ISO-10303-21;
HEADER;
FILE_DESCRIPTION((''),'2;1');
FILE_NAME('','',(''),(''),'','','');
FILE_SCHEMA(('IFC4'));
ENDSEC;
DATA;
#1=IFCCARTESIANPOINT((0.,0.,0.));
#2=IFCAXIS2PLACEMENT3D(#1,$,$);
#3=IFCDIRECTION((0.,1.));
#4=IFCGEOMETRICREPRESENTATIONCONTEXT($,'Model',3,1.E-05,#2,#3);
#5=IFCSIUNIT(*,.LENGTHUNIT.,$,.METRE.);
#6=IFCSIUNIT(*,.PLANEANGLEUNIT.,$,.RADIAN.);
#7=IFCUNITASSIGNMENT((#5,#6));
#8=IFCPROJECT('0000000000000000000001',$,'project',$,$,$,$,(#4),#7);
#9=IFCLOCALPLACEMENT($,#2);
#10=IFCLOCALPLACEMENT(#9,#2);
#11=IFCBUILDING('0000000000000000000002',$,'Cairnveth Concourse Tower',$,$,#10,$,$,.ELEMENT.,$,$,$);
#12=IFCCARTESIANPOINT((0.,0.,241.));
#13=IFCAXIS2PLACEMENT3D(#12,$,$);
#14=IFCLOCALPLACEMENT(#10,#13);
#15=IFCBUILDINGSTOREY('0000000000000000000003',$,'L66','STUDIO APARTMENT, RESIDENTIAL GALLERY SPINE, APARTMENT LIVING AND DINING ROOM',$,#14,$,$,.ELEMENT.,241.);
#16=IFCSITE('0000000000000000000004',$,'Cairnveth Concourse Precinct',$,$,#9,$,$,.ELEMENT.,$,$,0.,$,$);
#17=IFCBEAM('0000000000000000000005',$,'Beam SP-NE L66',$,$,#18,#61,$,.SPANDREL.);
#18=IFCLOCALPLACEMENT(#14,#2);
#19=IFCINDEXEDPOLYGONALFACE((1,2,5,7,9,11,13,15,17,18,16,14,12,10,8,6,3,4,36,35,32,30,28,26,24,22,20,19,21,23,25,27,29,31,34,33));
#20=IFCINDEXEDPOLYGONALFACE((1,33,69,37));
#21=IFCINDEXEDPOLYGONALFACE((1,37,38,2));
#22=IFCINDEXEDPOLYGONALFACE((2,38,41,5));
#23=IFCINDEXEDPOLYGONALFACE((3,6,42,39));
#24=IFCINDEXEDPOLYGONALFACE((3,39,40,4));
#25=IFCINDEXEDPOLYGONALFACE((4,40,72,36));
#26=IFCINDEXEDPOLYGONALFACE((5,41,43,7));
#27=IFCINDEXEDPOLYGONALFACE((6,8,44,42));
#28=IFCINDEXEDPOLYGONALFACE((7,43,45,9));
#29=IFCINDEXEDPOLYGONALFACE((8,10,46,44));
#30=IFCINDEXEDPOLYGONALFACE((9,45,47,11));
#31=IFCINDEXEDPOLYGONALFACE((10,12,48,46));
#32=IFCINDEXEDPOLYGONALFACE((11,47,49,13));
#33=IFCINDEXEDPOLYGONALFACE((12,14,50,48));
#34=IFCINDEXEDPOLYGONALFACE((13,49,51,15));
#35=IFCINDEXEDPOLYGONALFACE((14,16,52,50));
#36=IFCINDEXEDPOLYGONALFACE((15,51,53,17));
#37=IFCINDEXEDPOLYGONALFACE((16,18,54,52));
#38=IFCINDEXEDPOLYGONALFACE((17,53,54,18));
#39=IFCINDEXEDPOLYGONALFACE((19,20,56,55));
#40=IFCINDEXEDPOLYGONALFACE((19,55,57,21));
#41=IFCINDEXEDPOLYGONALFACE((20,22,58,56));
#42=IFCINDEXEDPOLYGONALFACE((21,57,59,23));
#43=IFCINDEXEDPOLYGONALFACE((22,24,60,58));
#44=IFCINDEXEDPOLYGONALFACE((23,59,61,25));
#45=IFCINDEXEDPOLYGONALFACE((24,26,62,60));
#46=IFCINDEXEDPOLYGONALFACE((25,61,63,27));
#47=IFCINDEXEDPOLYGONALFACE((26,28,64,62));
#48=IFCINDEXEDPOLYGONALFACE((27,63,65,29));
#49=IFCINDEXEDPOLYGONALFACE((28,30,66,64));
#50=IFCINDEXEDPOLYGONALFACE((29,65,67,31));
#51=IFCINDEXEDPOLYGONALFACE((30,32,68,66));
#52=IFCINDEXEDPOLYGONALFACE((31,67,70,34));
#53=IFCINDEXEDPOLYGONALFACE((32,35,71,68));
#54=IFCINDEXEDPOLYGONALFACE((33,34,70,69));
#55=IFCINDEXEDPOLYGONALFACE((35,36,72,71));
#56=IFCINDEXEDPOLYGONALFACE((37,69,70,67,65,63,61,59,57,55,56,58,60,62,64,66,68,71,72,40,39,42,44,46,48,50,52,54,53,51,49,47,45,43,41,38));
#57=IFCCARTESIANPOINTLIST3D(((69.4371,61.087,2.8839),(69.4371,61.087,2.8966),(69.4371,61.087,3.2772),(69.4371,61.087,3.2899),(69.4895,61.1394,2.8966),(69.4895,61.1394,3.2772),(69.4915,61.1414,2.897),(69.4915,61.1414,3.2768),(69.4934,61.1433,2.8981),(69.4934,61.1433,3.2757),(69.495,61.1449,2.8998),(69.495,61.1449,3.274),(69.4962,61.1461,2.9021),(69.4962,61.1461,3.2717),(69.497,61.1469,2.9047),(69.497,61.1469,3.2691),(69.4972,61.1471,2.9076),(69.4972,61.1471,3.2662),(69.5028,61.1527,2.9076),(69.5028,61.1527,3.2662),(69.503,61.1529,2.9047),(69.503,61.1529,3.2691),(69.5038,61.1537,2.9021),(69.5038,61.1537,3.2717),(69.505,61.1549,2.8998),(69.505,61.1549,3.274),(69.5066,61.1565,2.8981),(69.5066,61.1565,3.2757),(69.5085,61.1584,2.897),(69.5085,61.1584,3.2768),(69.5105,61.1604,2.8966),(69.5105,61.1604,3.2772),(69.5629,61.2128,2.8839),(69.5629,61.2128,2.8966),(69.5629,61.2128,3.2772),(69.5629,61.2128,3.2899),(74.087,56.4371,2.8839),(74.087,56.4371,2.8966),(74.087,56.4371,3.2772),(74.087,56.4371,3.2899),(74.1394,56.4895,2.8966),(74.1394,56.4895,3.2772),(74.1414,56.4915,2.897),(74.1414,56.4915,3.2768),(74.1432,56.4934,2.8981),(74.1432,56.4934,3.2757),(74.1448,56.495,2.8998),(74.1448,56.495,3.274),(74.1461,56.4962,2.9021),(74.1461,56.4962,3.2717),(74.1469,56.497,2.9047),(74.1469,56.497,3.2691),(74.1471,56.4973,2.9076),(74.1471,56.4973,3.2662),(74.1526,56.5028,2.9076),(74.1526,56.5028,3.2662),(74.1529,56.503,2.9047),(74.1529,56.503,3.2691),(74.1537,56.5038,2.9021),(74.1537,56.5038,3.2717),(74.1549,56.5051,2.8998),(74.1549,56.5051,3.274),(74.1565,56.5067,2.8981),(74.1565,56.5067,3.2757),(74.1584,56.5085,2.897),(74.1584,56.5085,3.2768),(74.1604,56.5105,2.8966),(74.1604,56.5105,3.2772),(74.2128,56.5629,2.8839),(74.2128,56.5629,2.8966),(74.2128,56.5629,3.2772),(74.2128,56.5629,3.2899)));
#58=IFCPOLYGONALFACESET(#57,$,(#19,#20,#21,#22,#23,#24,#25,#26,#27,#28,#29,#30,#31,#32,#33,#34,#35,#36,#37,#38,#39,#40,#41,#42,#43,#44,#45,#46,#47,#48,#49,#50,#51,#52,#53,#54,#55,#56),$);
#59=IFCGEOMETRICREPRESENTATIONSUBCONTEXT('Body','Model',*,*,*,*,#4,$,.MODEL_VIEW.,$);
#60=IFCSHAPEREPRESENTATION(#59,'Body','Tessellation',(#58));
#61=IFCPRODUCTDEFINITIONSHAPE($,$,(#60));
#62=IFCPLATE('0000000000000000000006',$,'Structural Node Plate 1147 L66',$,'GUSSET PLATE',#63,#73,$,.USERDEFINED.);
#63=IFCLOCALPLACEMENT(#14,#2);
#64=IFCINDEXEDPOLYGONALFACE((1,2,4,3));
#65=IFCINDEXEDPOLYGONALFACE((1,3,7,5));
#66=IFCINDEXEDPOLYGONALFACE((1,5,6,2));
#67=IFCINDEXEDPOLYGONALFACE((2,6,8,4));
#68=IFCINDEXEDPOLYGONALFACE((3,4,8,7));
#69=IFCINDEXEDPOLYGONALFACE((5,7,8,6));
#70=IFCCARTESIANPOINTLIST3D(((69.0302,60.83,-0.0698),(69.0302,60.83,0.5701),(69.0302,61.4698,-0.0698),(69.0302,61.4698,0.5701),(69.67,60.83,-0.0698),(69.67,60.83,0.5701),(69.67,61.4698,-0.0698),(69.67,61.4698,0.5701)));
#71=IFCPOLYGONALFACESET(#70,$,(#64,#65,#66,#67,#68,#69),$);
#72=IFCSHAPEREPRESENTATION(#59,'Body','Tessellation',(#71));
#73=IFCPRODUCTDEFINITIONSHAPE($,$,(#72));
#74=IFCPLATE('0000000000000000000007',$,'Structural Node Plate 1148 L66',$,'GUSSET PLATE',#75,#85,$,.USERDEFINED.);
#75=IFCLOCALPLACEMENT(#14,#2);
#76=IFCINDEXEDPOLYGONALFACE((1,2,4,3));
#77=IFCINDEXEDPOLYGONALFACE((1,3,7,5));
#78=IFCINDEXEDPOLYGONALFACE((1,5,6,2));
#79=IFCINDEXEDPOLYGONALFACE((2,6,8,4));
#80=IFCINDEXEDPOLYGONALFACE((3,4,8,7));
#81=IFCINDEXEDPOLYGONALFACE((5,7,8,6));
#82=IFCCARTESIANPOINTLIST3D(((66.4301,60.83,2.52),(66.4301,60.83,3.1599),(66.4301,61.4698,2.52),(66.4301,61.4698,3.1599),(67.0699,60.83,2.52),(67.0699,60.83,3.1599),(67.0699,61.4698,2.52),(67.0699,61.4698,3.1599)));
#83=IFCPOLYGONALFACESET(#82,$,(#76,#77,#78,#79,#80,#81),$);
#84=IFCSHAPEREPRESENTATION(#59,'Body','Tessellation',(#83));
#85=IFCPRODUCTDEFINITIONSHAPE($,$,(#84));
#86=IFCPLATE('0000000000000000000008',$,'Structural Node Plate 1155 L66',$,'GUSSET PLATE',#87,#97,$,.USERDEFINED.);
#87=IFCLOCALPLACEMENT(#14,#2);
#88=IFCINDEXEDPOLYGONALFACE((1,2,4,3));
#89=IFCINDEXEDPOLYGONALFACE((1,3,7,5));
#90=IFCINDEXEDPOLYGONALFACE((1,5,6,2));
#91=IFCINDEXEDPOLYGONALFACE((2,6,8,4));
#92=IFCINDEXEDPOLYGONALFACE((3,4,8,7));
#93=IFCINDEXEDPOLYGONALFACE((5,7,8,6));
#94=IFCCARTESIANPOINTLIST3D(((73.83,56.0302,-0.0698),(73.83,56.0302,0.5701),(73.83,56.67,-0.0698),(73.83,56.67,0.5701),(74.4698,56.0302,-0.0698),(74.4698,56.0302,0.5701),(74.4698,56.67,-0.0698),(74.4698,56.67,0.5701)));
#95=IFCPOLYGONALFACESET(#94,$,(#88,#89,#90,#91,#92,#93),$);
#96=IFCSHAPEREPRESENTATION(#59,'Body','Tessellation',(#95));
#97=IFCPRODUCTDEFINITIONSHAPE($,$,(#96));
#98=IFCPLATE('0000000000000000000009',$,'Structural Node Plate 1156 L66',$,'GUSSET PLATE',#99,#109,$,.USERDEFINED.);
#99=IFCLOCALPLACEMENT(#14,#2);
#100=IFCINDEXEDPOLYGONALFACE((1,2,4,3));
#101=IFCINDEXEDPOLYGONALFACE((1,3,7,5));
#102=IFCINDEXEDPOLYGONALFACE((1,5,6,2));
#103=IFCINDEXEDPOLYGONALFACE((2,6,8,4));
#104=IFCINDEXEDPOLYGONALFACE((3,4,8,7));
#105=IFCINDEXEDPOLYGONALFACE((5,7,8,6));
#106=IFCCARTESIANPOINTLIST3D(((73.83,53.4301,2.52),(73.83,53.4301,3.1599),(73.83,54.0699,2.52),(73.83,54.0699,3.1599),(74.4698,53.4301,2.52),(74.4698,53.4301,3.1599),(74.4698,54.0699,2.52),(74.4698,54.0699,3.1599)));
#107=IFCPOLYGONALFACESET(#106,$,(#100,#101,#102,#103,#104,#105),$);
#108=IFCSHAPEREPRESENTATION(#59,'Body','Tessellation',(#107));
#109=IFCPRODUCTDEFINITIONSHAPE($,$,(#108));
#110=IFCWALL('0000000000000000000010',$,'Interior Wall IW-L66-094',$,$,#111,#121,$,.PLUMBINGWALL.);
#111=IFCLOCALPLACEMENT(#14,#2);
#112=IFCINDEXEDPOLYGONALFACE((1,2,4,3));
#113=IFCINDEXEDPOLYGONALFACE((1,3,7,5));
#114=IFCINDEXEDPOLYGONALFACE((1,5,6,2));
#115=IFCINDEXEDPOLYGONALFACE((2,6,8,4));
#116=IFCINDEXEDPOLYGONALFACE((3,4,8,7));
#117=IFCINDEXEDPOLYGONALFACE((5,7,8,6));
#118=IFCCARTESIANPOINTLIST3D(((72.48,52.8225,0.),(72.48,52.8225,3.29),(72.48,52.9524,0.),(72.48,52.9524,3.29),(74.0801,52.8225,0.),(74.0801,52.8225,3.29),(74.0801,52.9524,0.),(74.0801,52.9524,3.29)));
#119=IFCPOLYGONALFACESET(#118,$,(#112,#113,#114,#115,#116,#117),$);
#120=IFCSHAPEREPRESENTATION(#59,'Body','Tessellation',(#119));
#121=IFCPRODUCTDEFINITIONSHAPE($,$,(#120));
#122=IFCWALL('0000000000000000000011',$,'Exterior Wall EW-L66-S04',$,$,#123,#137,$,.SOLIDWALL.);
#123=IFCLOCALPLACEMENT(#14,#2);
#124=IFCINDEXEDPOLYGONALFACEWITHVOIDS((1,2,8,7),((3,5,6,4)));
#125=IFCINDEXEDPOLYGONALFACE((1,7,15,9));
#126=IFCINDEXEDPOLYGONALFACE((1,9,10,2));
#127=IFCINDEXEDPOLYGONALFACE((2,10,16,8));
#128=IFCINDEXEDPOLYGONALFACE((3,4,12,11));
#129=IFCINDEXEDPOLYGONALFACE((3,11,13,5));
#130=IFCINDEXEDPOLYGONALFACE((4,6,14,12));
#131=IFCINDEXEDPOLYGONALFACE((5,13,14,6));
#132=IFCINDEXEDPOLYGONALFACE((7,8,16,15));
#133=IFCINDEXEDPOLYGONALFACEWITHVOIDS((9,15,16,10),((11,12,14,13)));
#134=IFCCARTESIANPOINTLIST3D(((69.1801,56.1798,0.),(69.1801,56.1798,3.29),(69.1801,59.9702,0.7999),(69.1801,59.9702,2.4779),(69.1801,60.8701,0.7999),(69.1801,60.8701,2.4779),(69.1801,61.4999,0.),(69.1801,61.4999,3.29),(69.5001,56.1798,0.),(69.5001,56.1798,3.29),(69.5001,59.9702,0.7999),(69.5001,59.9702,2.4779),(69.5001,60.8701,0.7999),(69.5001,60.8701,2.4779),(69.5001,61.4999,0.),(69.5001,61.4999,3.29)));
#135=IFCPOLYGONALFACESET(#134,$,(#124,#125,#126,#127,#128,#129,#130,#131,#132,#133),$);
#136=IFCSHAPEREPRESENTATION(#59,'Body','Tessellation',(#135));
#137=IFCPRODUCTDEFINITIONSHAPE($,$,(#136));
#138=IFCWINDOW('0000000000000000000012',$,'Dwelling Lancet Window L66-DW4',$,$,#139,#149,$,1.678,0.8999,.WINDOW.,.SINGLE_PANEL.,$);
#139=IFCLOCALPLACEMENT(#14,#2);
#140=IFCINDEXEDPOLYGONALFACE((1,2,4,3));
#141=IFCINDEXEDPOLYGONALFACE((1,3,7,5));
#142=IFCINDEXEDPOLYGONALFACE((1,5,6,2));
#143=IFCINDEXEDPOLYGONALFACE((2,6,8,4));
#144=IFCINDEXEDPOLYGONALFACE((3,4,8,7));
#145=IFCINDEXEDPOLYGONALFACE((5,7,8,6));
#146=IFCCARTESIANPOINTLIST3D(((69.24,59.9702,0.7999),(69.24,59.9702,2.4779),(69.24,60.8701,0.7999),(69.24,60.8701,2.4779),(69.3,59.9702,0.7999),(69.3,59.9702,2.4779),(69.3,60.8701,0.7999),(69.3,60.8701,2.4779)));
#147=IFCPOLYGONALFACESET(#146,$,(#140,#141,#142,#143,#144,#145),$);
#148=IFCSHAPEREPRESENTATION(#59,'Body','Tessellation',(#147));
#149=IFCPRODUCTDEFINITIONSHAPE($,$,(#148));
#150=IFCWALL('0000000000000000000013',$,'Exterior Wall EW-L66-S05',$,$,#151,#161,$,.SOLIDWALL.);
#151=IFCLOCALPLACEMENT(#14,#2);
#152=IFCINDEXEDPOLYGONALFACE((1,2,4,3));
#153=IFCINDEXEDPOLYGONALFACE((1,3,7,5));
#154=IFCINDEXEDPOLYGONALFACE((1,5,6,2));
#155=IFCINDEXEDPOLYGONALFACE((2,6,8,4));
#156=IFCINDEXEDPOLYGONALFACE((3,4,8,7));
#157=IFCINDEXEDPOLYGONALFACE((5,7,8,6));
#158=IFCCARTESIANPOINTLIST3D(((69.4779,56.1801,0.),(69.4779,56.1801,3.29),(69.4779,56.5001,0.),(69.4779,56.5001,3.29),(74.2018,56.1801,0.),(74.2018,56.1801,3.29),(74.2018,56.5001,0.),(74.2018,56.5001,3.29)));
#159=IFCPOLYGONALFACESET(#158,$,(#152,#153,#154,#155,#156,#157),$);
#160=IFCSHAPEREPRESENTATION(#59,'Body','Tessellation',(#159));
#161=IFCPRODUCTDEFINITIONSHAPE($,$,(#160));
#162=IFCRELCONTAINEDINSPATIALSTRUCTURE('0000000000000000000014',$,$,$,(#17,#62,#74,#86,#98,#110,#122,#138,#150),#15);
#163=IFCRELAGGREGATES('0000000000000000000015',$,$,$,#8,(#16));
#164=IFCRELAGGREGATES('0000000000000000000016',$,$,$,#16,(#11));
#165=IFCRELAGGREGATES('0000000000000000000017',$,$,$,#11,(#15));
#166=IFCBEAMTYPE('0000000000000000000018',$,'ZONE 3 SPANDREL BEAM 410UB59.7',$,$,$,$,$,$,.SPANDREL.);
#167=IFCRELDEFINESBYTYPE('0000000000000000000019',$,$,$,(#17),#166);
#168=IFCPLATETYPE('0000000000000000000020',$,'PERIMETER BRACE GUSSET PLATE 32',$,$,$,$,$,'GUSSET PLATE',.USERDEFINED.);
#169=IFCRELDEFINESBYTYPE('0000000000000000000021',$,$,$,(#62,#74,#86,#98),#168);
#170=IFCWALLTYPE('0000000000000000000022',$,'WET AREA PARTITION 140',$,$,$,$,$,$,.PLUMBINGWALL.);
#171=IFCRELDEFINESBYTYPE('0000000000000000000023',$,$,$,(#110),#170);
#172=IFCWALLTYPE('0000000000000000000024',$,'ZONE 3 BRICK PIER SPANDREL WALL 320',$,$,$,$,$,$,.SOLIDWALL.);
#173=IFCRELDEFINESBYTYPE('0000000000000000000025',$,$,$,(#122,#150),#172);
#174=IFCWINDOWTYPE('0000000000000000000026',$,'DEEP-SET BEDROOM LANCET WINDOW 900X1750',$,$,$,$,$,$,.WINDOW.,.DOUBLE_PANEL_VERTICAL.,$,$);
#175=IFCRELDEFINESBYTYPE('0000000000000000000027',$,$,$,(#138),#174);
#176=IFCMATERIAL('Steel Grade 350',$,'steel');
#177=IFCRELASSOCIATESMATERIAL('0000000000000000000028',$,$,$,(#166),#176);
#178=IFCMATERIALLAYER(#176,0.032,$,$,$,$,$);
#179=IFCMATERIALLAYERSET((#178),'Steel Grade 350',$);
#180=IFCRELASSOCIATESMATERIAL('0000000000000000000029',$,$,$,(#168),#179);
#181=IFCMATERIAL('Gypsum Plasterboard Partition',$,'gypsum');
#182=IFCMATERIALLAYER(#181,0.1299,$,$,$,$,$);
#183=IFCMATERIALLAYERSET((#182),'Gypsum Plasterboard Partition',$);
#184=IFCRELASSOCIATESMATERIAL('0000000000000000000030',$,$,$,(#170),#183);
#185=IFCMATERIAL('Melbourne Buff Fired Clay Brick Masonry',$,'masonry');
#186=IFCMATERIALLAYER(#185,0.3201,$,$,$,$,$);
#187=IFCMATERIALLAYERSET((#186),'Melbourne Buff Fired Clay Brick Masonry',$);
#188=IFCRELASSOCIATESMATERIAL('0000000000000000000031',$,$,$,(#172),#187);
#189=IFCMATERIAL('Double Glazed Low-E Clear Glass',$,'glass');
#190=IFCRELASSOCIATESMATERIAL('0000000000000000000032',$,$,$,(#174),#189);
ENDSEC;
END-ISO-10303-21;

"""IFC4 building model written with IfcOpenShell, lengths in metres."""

from ifc_helpers import new_model, si_unit, direction, frame, frame_2d, origin, origin_2d, place, context, subcontext, project, spatial, rectangle, i_section, extrude, material, layer, layer_set, material_profile, profile_set, type_object, element, fill, save


model = new_model("IFC4")

# Units and contexts
model_context = context("Model", 3, precision=1e-05, world=origin(), true_north=direction((0.0, 1.0)))
body_context = subcontext(model_context, "Body", "Model", "MODEL_VIEW")
ifc_project = project(units=[si_unit("LENGTHUNIT", "METRE"), si_unit("PLANEANGLEUNIT", "RADIAN")], contexts=[model_context])

# Site, building, storey
site_placement = place(None, origin())
site = spatial("IfcSite", under=ifc_project, at=site_placement, Name="Cairnveth Concourse Precinct", CompositionType="ELEMENT", RefElevation=0.0)
building_placement = place(site_placement, origin())
building = spatial("IfcBuilding", under=site, at=building_placement, Name="Cairnveth Concourse Tower", CompositionType="ELEMENT")
storey_placement = place(building_placement, frame((0.0, 0.0, 241.0)))
storey = spatial("IfcBuildingStorey", under=building, at=storey_placement, Name="L66", Description="STUDIO APARTMENT, RESIDENTIAL GALLERY SPINE, APARTMENT LIVING AND DINING ROOM", CompositionType="ELEMENT", Elevation=241.0)

# Shared definitions
ifc_material_1 = material(Name="Steel Grade 350", Category="steel")

# Beam
ifc_material_profile_1 = material_profile(ifc_material_1, i_section(OverallWidth=0.178, OverallDepth=0.406, WebThickness=0.0078, FlangeThickness=0.0127, FilletRadius=0.011, at=origin_2d()), Name="410UB59.7")
ifc_profile_set_1 = profile_set([ifc_material_profile_1], Name="Steel Grade 350")
beam_type_1 = type_object("IfcBeamType", Name="ZONE 3 SPANDREL BEAM 410UB59.7", PredefinedType="SPANDREL", material=ifc_profile_set_1)
beam_1_placement = place(storey_placement, frame((69.5, 61.1499, 3.0869), z_axis=(0.707107, -0.707107, 0.0), x_axis=(0.707107, 0.707107, 0.0)))
element("IfcBeam", 1, at=beam_1_placement, inside=storey, type_object=beam_type_1, Name="Beam SP-NE L66", PredefinedType="SPANDREL", context=body_context, shape_type="SweptSolid", body=[
    extrude(i_section(OverallWidth=0.178, OverallDepth=0.406, WebThickness=0.0078, FlangeThickness=0.0127, FilletRadius=0.011, at=origin_2d()), origin(), (0.0, 0.0, 1.0), 6.5759),
])

# Plates
ifc_layer_1 = layer(ifc_material_1, 0.032)
ifc_layer_set_1 = layer_set([ifc_layer_1], Name="Steel Grade 350")
plate_type = type_object("IfcPlateType", Name="PERIMETER BRACE GUSSET PLATE 32", ElementType="GUSSET PLATE", PredefinedType="USERDEFINED", material=ifc_layer_set_1)
for number, where, z_axis, x_axis, name in (
    (2, (69.3501, 61.1499, -0.0698), (0.0, 0.0, 1.0), (1.0, 0.0, 0.0), "Structural Node Plate 1147 L66"),
    (3, (66.75, 61.1499, 2.52), (0.0, 0.0, 1.0), (1.0, 0.0, 0.0), "Structural Node Plate 1148 L66"),
    (4, (74.1499, 56.3501, -0.0698), (0.0, 0.0, 1.0), (1.0, 0.0, 0.0), "Structural Node Plate 1155 L66"),
    (5, (74.1499, 53.75, 2.52), (0.0, 0.0, 1.0), (1.0, 0.0, 0.0), "Structural Node Plate 1156 L66"),
):
    element("IfcPlate", number, at=place(storey_placement, frame(where, z_axis=z_axis, x_axis=x_axis)), inside=storey, type_object=plate_type, Name=name, ObjectType="GUSSET PLATE", PredefinedType="USERDEFINED", context=body_context, shape_type="SweptSolid", body=[
        extrude(rectangle(XDim=0.6399, YDim=0.6399, at=origin_2d()), origin(), (0.0, 0.0, 1.0), 0.6399),
    ])

# Wall
ifc_material_2 = material(Name="Gypsum Plasterboard Partition", Category="gypsum")
ifc_layer_2 = layer(ifc_material_2, 0.1299)
ifc_layer_set_2 = layer_set([ifc_layer_2], Name="Gypsum Plasterboard Partition")
wall_type_1 = type_object("IfcWallType", Name="WET AREA PARTITION 140", PredefinedType="PLUMBINGWALL", material=ifc_layer_set_2)
wall_1_placement = place(storey_placement, frame((72.48, 52.8875, 0.0), z_axis=(0.0, 0.0, 1.0), x_axis=(1.0, 0.0, 0.0)))
element("IfcWall", 6, at=wall_1_placement, inside=storey, type_object=wall_type_1, Name="Interior Wall IW-L66-094", PredefinedType="PLUMBINGWALL", context=body_context, shape_type="SweptSolid", body=[
    extrude(rectangle(XDim=1.6001, YDim=0.1299, at=frame_2d((0.8, 0.0))), origin(), (0.0, 0.0, 1.0), 3.29),
])

# Wall, opening, window
ifc_material_3 = material(Name="Melbourne Buff Fired Clay Brick Masonry", Category="masonry")
ifc_layer_3 = layer(ifc_material_3, 0.3201)
ifc_layer_set_3 = layer_set([ifc_layer_3], Name="Melbourne Buff Fired Clay Brick Masonry")
wall_type_2 = type_object("IfcWallType", Name="ZONE 3 BRICK PIER SPANDREL WALL 320", PredefinedType="SOLIDWALL", material=ifc_layer_set_3)
wall_2_placement = place(storey_placement, frame((69.3401, 61.5, 0.0), z_axis=(0.0, 0.0, 1.0), x_axis=(0.0, -1.0, 0.0)))
wall_2 = element("IfcWall", 7, at=wall_2_placement, inside=storey, type_object=wall_type_2, Name="Exterior Wall EW-L66-S04", PredefinedType="SOLIDWALL", context=body_context, shape_type="SweptSolid", body=[
    extrude(rectangle(XDim=5.3201, YDim=0.3201, at=frame_2d((2.6602, 0.0))), origin(), (0.0, 0.0, 1.0), 3.29),
])
opening_1_placement = place(wall_2_placement, frame((0.6299, 0.0, 0.8)))
opening_1 = element("IfcOpeningElement", 8, at=opening_1_placement, cuts=wall_2, PredefinedType="OPENING", context=body_context, shape_type="SweptSolid", body=[
    extrude(rectangle(XDim=0.8999, YDim=1.678, at=frame_2d((0.45, 0.8389))), frame((0.0, 0.1699, 0.0), z_axis=(0.0, -1.0, 0.0), x_axis=(1.0, 0.0, 0.0)), (0.0, 0.0, 1.0), 0.3401),
])
ifc_material_4 = material(Name="Double Glazed Low-E Clear Glass", Category="glass")
window_type_1 = type_object("IfcWindowType", Name="DEEP-SET BEDROOM LANCET WINDOW 900X1750", PartitioningType="DOUBLE_PANEL_VERTICAL", PredefinedType="WINDOW", material=ifc_material_4)
window_1_placement = place(opening_1_placement, origin())
window_1 = element("IfcWindow", 9, at=window_1_placement, inside=storey, type_object=window_type_1, Name="Dwelling Lancet Window L66-DW4", OverallHeight=1.678, OverallWidth=0.8999, PartitioningType="SINGLE_PANEL", PredefinedType="WINDOW", context=body_context, shape_type="SweptSolid", body=[
    extrude(rectangle(XDim=0.8999, YDim=1.678, at=frame_2d((0.45, 0.8389))), frame((0.0, -0.04, 0.0), z_axis=(0.0, -1.0, 0.0), x_axis=(1.0, 0.0, 0.0)), (0.0, 0.0, 1.0), 0.0601),
])
fill(opening_1, window_1)

# Wall
wall_3_placement = place(storey_placement, frame((69.478, 56.3401, 0.0), z_axis=(0.0, 0.0, 1.0), x_axis=(1.0, 0.0, 0.0)))
element("IfcWall", 10, at=wall_3_placement, inside=storey, type_object=wall_type_2, Name="Exterior Wall EW-L66-S05", PredefinedType="SOLIDWALL", context=body_context, shape_type="SweptSolid", body=[
    extrude(rectangle(XDim=4.7239, YDim=0.3201, at=frame_2d((2.3618, 0.0))), origin(), (0.0, 0.0, 1.0), 3.29),
])

save(model, "model.ifc")
